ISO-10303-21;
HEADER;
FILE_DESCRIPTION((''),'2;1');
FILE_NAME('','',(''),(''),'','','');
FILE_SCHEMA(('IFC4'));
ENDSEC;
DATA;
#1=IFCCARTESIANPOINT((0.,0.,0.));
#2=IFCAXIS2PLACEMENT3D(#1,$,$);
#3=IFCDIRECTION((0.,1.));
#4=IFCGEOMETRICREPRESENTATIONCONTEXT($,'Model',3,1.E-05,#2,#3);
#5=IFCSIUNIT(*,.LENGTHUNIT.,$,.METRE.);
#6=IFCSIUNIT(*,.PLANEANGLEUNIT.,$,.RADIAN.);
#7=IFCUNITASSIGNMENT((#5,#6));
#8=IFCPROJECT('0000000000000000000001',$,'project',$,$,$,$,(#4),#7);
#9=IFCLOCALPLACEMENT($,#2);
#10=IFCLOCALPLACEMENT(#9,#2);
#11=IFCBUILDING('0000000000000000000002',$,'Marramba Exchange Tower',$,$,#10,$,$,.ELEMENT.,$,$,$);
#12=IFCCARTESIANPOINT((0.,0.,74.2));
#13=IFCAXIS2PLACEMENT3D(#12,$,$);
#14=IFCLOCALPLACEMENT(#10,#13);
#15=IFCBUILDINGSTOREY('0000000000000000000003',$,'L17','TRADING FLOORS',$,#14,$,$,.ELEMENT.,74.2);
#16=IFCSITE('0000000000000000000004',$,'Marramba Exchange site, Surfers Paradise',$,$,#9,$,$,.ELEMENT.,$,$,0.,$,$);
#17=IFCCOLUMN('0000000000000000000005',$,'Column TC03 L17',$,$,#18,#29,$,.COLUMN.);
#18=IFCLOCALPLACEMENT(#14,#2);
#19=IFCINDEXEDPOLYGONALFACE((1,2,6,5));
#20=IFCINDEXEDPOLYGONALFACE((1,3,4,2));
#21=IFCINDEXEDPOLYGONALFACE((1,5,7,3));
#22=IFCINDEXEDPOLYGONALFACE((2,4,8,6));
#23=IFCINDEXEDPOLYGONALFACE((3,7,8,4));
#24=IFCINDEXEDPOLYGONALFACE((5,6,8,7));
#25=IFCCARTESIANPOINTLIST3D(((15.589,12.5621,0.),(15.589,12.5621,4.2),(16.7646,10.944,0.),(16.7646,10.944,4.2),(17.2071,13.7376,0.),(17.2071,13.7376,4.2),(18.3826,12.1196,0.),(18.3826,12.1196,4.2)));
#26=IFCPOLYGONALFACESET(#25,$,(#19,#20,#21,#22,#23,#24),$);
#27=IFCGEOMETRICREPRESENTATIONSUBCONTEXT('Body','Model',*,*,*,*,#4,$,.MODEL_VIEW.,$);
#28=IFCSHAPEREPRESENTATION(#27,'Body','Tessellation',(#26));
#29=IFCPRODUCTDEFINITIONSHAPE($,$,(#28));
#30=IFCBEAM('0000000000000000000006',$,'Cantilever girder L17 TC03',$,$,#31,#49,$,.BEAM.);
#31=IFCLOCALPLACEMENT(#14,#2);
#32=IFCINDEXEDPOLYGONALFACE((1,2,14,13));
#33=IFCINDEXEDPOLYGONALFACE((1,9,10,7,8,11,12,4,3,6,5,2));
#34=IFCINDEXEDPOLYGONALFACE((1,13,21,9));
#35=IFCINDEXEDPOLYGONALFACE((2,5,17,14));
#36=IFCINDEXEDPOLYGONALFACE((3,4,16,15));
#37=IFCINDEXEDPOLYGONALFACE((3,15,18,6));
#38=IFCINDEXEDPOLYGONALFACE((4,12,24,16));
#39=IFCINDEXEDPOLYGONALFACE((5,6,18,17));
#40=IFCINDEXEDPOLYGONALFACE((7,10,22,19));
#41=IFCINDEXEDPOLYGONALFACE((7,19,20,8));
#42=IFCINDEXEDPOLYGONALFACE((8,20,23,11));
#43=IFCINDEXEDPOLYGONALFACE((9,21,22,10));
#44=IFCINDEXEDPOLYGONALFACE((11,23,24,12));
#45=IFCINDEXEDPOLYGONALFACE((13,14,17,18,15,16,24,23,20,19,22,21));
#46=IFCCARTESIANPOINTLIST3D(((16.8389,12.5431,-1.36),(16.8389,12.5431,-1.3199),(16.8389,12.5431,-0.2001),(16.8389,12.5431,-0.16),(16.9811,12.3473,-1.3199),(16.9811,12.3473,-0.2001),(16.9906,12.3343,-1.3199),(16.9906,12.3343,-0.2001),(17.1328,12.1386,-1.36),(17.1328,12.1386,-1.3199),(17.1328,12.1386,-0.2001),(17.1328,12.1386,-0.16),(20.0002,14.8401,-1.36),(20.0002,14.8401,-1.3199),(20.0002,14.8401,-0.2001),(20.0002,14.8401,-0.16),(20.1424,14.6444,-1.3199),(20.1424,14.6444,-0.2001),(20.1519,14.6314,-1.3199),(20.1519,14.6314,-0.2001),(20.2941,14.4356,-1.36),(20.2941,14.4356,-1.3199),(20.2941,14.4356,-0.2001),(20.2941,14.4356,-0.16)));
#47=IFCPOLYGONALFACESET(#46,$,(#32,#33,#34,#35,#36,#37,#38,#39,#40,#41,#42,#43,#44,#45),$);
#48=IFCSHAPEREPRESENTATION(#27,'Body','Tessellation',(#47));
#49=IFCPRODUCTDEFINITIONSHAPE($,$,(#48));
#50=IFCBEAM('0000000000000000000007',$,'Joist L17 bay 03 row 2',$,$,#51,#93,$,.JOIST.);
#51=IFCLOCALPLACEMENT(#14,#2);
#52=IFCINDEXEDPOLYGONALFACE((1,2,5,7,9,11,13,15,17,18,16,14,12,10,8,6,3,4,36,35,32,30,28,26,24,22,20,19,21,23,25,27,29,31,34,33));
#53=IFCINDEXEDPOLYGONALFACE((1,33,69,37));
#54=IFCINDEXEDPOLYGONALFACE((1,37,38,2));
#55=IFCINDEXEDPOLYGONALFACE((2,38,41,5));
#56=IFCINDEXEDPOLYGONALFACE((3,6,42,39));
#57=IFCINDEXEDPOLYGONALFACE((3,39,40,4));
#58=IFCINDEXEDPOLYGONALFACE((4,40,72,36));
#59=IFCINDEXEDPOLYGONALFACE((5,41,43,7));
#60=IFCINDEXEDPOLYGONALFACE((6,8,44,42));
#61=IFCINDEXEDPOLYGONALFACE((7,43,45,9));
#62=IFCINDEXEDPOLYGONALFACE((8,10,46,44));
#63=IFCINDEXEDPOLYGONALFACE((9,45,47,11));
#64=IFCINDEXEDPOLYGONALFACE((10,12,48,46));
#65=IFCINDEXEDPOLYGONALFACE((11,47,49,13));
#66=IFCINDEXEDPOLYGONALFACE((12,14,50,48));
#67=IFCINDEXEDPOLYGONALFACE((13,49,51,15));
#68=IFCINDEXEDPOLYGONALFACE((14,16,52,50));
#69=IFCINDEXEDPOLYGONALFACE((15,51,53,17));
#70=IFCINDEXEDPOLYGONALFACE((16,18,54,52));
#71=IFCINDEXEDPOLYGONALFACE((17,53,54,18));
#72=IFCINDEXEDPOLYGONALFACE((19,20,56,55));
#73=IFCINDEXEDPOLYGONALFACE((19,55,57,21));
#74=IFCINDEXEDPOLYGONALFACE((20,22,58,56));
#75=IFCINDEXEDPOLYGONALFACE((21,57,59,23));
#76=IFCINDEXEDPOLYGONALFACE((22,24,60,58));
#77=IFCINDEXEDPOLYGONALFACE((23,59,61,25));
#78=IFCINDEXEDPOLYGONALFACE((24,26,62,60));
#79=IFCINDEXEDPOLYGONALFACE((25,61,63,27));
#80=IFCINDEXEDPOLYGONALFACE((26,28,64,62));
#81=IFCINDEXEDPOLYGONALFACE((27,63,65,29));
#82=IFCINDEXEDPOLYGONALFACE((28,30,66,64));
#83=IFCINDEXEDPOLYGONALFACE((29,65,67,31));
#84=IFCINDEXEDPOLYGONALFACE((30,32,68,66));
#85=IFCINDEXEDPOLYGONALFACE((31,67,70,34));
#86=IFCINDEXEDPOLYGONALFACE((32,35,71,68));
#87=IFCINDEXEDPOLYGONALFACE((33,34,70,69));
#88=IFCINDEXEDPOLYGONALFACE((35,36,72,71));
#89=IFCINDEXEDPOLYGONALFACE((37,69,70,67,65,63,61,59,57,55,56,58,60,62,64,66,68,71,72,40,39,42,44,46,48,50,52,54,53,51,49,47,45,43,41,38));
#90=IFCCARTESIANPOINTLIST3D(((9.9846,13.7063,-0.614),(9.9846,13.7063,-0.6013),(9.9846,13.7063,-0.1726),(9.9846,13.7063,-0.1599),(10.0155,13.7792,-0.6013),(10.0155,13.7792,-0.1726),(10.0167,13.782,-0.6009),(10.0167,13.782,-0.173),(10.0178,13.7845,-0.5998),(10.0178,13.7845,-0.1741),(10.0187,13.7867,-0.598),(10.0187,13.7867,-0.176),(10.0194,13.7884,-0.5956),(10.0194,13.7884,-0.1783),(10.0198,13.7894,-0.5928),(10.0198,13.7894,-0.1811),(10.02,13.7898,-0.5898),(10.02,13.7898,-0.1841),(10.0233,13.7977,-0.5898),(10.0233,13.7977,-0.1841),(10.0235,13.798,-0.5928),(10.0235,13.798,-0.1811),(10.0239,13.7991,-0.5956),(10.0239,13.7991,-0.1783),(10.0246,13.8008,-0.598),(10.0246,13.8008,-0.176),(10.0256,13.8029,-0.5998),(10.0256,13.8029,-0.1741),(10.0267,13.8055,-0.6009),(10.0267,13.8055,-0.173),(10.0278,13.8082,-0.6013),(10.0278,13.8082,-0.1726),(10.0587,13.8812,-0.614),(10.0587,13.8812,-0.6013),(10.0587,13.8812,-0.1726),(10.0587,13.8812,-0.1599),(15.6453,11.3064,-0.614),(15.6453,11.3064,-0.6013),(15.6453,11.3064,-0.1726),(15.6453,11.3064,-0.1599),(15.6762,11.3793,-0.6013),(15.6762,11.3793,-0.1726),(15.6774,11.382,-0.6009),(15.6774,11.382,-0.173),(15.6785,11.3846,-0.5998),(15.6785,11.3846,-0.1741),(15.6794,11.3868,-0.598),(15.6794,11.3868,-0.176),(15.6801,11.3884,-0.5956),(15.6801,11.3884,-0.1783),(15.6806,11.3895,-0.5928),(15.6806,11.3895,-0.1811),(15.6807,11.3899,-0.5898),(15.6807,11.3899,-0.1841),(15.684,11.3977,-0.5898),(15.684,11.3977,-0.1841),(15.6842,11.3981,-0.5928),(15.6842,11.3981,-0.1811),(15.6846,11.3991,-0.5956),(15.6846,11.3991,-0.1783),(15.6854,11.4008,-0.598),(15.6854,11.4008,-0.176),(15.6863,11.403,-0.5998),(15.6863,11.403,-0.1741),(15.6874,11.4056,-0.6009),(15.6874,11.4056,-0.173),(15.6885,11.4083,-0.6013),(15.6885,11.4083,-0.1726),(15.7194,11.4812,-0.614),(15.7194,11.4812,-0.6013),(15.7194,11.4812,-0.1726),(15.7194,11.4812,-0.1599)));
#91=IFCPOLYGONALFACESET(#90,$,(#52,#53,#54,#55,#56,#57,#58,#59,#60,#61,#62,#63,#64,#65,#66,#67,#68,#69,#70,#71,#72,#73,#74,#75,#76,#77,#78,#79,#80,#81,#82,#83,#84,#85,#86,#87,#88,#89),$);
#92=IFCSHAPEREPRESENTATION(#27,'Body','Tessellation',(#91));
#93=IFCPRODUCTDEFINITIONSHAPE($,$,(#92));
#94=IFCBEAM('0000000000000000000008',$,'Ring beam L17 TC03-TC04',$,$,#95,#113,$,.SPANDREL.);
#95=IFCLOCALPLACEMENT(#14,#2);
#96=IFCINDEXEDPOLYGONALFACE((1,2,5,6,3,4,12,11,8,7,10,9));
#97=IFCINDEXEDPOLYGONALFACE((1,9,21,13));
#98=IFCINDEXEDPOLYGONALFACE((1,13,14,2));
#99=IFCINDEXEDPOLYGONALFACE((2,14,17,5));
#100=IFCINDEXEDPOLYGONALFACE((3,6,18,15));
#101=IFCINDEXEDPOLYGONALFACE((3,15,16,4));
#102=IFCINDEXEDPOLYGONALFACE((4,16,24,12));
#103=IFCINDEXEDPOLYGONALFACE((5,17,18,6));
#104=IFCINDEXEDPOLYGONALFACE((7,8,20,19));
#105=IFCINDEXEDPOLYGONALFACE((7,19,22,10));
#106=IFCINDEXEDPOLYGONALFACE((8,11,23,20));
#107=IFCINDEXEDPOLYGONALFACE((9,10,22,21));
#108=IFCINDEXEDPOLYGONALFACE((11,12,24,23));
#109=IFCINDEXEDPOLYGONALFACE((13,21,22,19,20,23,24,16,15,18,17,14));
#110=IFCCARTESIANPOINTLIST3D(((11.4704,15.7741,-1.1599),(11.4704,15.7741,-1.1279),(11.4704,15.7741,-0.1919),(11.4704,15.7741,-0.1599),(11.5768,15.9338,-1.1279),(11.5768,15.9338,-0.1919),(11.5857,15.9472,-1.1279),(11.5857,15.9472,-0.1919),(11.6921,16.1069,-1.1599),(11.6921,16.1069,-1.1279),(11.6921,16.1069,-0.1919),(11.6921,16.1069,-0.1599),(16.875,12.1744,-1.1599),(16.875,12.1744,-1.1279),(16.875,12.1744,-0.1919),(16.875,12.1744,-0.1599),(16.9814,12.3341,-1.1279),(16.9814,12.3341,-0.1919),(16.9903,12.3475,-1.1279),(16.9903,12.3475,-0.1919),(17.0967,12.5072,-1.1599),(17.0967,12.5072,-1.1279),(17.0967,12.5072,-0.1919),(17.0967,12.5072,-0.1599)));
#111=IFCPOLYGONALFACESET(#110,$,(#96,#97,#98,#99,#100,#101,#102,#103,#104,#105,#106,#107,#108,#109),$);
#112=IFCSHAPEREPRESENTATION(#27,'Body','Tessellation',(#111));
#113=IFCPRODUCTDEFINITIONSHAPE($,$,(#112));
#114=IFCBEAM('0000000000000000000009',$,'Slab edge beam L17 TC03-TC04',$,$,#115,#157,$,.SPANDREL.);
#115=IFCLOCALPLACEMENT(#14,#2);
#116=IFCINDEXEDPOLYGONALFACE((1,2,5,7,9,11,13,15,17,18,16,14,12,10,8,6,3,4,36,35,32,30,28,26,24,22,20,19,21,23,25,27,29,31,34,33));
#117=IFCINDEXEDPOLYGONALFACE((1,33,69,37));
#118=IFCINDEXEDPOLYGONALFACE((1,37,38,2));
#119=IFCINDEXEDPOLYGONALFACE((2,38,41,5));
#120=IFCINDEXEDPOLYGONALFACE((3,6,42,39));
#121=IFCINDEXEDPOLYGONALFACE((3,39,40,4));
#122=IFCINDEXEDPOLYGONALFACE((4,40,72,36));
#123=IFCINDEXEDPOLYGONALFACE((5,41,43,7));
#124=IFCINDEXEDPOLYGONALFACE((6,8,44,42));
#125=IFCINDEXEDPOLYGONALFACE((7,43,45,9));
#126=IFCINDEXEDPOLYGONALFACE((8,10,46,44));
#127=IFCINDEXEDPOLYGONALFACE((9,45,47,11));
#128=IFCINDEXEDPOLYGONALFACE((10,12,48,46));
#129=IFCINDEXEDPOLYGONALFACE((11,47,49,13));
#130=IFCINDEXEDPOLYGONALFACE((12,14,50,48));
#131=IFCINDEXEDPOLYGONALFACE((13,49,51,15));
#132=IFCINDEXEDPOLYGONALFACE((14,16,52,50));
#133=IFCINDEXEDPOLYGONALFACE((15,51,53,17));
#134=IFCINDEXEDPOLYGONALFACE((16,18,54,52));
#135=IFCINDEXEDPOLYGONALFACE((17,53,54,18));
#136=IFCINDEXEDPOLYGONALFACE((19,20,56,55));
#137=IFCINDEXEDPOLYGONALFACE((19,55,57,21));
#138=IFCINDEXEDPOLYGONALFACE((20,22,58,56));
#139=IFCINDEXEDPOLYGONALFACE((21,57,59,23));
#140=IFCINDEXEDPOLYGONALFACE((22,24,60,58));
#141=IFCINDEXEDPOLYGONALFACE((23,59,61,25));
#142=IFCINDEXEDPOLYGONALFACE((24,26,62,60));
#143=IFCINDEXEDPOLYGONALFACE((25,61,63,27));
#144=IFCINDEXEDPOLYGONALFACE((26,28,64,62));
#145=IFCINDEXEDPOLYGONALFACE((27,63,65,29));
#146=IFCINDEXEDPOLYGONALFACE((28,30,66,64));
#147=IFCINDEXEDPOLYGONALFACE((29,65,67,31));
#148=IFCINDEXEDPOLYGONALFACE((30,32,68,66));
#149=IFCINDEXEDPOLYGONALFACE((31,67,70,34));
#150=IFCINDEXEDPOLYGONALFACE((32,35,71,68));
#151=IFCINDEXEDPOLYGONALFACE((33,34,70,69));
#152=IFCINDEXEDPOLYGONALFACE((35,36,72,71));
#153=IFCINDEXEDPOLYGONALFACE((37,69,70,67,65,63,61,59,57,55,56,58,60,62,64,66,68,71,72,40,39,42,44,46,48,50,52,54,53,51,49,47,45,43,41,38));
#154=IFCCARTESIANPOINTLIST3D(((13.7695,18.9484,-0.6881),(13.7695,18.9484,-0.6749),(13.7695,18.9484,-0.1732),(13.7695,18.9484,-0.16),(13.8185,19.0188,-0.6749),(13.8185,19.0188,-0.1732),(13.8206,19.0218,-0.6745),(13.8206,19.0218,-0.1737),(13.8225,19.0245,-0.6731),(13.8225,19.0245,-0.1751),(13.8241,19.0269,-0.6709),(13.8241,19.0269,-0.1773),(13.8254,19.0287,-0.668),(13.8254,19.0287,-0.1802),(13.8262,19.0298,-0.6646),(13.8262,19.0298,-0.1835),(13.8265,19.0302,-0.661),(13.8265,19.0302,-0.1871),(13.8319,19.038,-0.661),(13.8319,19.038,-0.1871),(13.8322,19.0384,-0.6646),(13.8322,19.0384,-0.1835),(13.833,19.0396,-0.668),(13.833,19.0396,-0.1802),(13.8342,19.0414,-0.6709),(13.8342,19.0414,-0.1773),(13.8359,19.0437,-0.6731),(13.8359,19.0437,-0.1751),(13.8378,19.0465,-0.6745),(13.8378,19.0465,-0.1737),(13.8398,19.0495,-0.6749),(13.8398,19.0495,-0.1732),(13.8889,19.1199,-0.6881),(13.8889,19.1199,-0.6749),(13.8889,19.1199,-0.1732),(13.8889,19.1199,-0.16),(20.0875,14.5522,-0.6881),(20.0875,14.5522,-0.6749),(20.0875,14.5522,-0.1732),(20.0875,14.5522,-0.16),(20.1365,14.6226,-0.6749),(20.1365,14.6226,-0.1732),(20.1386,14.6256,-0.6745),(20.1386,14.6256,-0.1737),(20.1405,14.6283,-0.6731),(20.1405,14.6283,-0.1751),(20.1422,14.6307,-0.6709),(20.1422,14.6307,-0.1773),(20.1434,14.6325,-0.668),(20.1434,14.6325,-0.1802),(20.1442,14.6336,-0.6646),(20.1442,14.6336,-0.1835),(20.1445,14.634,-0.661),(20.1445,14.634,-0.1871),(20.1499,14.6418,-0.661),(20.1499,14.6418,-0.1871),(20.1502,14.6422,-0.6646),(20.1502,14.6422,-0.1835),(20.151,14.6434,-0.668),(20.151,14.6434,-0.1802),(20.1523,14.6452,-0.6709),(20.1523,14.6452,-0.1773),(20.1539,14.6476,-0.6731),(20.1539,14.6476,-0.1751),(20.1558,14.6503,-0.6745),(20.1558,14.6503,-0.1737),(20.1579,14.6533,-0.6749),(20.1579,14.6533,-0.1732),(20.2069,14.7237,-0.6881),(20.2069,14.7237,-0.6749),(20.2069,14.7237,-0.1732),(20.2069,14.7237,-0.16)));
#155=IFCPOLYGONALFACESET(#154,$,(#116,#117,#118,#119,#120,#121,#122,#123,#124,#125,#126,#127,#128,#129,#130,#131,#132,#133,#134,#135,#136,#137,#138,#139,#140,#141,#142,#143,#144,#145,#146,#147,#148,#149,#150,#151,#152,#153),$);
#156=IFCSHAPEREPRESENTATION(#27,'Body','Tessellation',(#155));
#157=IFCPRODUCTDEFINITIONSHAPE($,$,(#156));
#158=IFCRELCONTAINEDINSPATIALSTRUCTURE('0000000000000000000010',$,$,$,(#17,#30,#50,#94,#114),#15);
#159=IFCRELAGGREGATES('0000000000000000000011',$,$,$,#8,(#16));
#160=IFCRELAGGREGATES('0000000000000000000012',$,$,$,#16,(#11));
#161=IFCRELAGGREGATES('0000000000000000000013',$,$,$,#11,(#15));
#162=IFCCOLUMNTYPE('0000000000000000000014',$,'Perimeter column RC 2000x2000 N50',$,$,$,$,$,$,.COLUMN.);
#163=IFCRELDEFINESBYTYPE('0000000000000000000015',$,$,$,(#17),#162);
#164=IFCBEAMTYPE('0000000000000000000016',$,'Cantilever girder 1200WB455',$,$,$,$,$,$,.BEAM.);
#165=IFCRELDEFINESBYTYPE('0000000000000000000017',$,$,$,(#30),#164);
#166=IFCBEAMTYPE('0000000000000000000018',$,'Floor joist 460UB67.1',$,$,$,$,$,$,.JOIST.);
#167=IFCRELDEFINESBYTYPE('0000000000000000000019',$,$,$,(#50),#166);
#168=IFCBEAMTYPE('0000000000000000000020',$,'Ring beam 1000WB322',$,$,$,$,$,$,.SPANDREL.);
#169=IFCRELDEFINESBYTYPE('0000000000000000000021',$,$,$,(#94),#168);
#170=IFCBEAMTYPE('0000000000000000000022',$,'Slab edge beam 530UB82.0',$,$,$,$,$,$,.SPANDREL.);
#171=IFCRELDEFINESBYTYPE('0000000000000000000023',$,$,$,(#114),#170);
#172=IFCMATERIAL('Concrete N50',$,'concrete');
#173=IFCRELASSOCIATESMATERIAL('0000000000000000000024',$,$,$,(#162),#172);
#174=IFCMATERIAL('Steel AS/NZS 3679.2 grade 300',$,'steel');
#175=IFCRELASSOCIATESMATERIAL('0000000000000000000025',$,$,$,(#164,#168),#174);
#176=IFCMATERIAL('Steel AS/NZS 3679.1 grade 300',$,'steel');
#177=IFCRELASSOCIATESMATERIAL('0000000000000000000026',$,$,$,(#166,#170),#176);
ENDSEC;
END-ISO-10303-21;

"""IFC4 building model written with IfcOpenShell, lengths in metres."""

from ifc_helpers import new_model, si_unit, direction, frame, origin, origin_2d, place, context, subcontext, project, spatial, rectangle, i_section, extrude, material, material_profile, profile_set, type_object, element, save


model = new_model("IFC4")

# Units and contexts
model_context = context("Model", 3, precision=1e-05, world=origin(), true_north=direction((0.0, 1.0)))
body_context = subcontext(model_context, "Body", "Model", "MODEL_VIEW")
ifc_project = project(units=[si_unit("LENGTHUNIT", "METRE"), si_unit("PLANEANGLEUNIT", "RADIAN")], contexts=[model_context])

# Site, building, storey
site_placement = place(None, origin())
site = spatial("IfcSite", under=ifc_project, at=site_placement, Name="Marramba Exchange site, Surfers Paradise", CompositionType="ELEMENT", RefElevation=0.0)
building_placement = place(site_placement, origin())
building = spatial("IfcBuilding", under=site, at=building_placement, Name="Marramba Exchange Tower", CompositionType="ELEMENT")
storey_placement = place(building_placement, frame((0.0, 0.0, 74.2)))
storey = spatial("IfcBuildingStorey", under=building, at=storey_placement, Name="L17", Description="TRADING FLOORS", CompositionType="ELEMENT", Elevation=74.2)

# Column
ifc_material_1 = material(Name="Concrete N50", Category="concrete")
ifc_material_profile_1 = material_profile(ifc_material_1, rectangle(XDim=2.0, YDim=2.0, at=origin_2d()), Name="RC 2000x2000")
ifc_profile_set_1 = profile_set([ifc_material_profile_1], Name="Concrete N50")
column_type = type_object("IfcColumnType", Name="Perimeter column RC 2000x2000 N50", PredefinedType="COLUMN", material=ifc_profile_set_1)
column_placement = place(storey_placement, frame((16.9858, 12.3408, 0.0), z_axis=(0.0, 0.0, 1.0), x_axis=(0.809017, 0.587785, 0.0)))
element("IfcColumn", 1, at=column_placement, inside=storey, type_object=column_type, Name="Column TC03 L17", PredefinedType="COLUMN", context=body_context, shape_type="SweptSolid", body=[
    extrude(rectangle(XDim=2.0, YDim=2.0, at=origin_2d()), origin(), (0.0, 0.0, 1.0), 4.2),
])

# Beams
ifc_material_2 = material(Name="Steel AS/NZS 3679.2 grade 300", Category="steel")
ifc_material_profile_2 = material_profile(ifc_material_2, i_section(OverallWidth=0.5, OverallDepth=1.2, WebThickness=0.0161, FlangeThickness=0.04, at=origin_2d()), Name="1200WB455")
ifc_profile_set_2 = profile_set([ifc_material_profile_2], Name="Steel AS/NZS 3679.2 grade 300")
beam_type_1 = type_object("IfcBeamType", Name="Cantilever girder 1200WB455", PredefinedType="BEAM", material=ifc_profile_set_2)
beam_1_placement = place(storey_placement, frame((16.9858, 12.3408, -0.76), z_axis=(0.808987, 0.587826, 0.0), x_axis=(-0.587826, 0.808987, 0.0)))
element("IfcBeam", 2, at=beam_1_placement, inside=storey, type_object=beam_type_1, Name="Cantilever girder L17 TC03", PredefinedType="BEAM", context=body_context, shape_type="SweptSolid", body=[
    extrude(i_section(OverallWidth=0.5, OverallDepth=1.2, WebThickness=0.0161, FlangeThickness=0.04, at=origin_2d()), origin(), (0.0, 0.0, 1.0), 3.9077),
])
ifc_material_3 = material(Name="Steel AS/NZS 3679.1 grade 300", Category="steel")
ifc_material_profile_3 = material_profile(ifc_material_3, i_section(OverallWidth=0.1899, OverallDepth=0.4541, WebThickness=0.0085, FlangeThickness=0.0127, FilletRadius=0.0115, at=origin_2d()), Name="460UB67.1")
ifc_profile_set_3 = profile_set([ifc_material_profile_3], Name="Steel AS/NZS 3679.1 grade 300")
beam_type_2 = type_object("IfcBeamType", Name="Floor joist 460UB67.1", PredefinedType="JOIST", material=ifc_profile_set_3)
beam_2_placement = place(storey_placement, frame((15.6824, 11.3938, -0.387), z_axis=(-0.920674, 0.390332, 0.0), x_axis=(-0.390332, -0.920674, 0.0)))
element("IfcBeam", 3, at=beam_2_placement, inside=storey, type_object=beam_type_2, Name="Joist L17 bay 03 row 2", PredefinedType="JOIST", context=body_context, shape_type="SweptSolid", body=[
    extrude(i_section(OverallWidth=0.1899, OverallDepth=0.4541, WebThickness=0.0085, FlangeThickness=0.0127, FilletRadius=0.0115, at=origin_2d()), origin(), (0.0, 0.0, 1.0), 6.1484),
])
ifc_material_profile_4 = material_profile(ifc_material_2, i_section(OverallWidth=0.3999, OverallDepth=1.0, WebThickness=0.0161, FlangeThickness=0.032, at=origin_2d()), Name="1000WB322")
ifc_profile_set_4 = profile_set([ifc_material_profile_4], Name="Steel AS/NZS 3679.2 grade 300")
beam_type_3 = type_object("IfcBeamType", Name="Ring beam 1000WB322", PredefinedType="SPANDREL", material=ifc_profile_set_4)
beam_3_placement = place(storey_placement, frame((16.9858, 12.3408, -0.6599), z_axis=(-0.832293, 0.554336, 0.0), x_axis=(-0.554336, -0.832293, 0.0)))
element("IfcBeam", 4, at=beam_3_placement, inside=storey, type_object=beam_type_3, Name="Ring beam L17 TC03-TC04", PredefinedType="SPANDREL", context=body_context, shape_type="SweptSolid", body=[
    extrude(i_section(OverallWidth=0.3999, OverallDepth=1.0, WebThickness=0.0161, FlangeThickness=0.032, at=origin_2d()), origin(), (0.0, 0.0, 1.0), 6.4937),
])
ifc_material_profile_5 = material_profile(ifc_material_3, i_section(OverallWidth=0.209, OverallDepth=0.5281, WebThickness=0.0095, FlangeThickness=0.0132, FilletRadius=0.0139, at=origin_2d()), Name="530UB82.0")
ifc_profile_set_5 = profile_set([ifc_material_profile_5], Name="Steel AS/NZS 3679.1 grade 300")
beam_type_4 = type_object("IfcBeamType", Name="Slab edge beam 530UB82.0", PredefinedType="SPANDREL", material=ifc_profile_set_5)
beam_4_placement = place(storey_placement, frame((20.1472, 14.6379, -0.4241), z_axis=(-0.820842, 0.571155, 0.0), x_axis=(-0.571155, -0.820842, 0.0)))
element("IfcBeam", 5, at=beam_4_placement, inside=storey, type_object=beam_type_4, Name="Slab edge beam L17 TC03-TC04", PredefinedType="SPANDREL", context=body_context, shape_type="SweptSolid", body=[
    extrude(i_section(OverallWidth=0.209, OverallDepth=0.5281, WebThickness=0.0095, FlangeThickness=0.0132, FilletRadius=0.0139, at=origin_2d()), origin(), (0.0, 0.0, 1.0), 7.697),
])

save(model, "model.ifc")
